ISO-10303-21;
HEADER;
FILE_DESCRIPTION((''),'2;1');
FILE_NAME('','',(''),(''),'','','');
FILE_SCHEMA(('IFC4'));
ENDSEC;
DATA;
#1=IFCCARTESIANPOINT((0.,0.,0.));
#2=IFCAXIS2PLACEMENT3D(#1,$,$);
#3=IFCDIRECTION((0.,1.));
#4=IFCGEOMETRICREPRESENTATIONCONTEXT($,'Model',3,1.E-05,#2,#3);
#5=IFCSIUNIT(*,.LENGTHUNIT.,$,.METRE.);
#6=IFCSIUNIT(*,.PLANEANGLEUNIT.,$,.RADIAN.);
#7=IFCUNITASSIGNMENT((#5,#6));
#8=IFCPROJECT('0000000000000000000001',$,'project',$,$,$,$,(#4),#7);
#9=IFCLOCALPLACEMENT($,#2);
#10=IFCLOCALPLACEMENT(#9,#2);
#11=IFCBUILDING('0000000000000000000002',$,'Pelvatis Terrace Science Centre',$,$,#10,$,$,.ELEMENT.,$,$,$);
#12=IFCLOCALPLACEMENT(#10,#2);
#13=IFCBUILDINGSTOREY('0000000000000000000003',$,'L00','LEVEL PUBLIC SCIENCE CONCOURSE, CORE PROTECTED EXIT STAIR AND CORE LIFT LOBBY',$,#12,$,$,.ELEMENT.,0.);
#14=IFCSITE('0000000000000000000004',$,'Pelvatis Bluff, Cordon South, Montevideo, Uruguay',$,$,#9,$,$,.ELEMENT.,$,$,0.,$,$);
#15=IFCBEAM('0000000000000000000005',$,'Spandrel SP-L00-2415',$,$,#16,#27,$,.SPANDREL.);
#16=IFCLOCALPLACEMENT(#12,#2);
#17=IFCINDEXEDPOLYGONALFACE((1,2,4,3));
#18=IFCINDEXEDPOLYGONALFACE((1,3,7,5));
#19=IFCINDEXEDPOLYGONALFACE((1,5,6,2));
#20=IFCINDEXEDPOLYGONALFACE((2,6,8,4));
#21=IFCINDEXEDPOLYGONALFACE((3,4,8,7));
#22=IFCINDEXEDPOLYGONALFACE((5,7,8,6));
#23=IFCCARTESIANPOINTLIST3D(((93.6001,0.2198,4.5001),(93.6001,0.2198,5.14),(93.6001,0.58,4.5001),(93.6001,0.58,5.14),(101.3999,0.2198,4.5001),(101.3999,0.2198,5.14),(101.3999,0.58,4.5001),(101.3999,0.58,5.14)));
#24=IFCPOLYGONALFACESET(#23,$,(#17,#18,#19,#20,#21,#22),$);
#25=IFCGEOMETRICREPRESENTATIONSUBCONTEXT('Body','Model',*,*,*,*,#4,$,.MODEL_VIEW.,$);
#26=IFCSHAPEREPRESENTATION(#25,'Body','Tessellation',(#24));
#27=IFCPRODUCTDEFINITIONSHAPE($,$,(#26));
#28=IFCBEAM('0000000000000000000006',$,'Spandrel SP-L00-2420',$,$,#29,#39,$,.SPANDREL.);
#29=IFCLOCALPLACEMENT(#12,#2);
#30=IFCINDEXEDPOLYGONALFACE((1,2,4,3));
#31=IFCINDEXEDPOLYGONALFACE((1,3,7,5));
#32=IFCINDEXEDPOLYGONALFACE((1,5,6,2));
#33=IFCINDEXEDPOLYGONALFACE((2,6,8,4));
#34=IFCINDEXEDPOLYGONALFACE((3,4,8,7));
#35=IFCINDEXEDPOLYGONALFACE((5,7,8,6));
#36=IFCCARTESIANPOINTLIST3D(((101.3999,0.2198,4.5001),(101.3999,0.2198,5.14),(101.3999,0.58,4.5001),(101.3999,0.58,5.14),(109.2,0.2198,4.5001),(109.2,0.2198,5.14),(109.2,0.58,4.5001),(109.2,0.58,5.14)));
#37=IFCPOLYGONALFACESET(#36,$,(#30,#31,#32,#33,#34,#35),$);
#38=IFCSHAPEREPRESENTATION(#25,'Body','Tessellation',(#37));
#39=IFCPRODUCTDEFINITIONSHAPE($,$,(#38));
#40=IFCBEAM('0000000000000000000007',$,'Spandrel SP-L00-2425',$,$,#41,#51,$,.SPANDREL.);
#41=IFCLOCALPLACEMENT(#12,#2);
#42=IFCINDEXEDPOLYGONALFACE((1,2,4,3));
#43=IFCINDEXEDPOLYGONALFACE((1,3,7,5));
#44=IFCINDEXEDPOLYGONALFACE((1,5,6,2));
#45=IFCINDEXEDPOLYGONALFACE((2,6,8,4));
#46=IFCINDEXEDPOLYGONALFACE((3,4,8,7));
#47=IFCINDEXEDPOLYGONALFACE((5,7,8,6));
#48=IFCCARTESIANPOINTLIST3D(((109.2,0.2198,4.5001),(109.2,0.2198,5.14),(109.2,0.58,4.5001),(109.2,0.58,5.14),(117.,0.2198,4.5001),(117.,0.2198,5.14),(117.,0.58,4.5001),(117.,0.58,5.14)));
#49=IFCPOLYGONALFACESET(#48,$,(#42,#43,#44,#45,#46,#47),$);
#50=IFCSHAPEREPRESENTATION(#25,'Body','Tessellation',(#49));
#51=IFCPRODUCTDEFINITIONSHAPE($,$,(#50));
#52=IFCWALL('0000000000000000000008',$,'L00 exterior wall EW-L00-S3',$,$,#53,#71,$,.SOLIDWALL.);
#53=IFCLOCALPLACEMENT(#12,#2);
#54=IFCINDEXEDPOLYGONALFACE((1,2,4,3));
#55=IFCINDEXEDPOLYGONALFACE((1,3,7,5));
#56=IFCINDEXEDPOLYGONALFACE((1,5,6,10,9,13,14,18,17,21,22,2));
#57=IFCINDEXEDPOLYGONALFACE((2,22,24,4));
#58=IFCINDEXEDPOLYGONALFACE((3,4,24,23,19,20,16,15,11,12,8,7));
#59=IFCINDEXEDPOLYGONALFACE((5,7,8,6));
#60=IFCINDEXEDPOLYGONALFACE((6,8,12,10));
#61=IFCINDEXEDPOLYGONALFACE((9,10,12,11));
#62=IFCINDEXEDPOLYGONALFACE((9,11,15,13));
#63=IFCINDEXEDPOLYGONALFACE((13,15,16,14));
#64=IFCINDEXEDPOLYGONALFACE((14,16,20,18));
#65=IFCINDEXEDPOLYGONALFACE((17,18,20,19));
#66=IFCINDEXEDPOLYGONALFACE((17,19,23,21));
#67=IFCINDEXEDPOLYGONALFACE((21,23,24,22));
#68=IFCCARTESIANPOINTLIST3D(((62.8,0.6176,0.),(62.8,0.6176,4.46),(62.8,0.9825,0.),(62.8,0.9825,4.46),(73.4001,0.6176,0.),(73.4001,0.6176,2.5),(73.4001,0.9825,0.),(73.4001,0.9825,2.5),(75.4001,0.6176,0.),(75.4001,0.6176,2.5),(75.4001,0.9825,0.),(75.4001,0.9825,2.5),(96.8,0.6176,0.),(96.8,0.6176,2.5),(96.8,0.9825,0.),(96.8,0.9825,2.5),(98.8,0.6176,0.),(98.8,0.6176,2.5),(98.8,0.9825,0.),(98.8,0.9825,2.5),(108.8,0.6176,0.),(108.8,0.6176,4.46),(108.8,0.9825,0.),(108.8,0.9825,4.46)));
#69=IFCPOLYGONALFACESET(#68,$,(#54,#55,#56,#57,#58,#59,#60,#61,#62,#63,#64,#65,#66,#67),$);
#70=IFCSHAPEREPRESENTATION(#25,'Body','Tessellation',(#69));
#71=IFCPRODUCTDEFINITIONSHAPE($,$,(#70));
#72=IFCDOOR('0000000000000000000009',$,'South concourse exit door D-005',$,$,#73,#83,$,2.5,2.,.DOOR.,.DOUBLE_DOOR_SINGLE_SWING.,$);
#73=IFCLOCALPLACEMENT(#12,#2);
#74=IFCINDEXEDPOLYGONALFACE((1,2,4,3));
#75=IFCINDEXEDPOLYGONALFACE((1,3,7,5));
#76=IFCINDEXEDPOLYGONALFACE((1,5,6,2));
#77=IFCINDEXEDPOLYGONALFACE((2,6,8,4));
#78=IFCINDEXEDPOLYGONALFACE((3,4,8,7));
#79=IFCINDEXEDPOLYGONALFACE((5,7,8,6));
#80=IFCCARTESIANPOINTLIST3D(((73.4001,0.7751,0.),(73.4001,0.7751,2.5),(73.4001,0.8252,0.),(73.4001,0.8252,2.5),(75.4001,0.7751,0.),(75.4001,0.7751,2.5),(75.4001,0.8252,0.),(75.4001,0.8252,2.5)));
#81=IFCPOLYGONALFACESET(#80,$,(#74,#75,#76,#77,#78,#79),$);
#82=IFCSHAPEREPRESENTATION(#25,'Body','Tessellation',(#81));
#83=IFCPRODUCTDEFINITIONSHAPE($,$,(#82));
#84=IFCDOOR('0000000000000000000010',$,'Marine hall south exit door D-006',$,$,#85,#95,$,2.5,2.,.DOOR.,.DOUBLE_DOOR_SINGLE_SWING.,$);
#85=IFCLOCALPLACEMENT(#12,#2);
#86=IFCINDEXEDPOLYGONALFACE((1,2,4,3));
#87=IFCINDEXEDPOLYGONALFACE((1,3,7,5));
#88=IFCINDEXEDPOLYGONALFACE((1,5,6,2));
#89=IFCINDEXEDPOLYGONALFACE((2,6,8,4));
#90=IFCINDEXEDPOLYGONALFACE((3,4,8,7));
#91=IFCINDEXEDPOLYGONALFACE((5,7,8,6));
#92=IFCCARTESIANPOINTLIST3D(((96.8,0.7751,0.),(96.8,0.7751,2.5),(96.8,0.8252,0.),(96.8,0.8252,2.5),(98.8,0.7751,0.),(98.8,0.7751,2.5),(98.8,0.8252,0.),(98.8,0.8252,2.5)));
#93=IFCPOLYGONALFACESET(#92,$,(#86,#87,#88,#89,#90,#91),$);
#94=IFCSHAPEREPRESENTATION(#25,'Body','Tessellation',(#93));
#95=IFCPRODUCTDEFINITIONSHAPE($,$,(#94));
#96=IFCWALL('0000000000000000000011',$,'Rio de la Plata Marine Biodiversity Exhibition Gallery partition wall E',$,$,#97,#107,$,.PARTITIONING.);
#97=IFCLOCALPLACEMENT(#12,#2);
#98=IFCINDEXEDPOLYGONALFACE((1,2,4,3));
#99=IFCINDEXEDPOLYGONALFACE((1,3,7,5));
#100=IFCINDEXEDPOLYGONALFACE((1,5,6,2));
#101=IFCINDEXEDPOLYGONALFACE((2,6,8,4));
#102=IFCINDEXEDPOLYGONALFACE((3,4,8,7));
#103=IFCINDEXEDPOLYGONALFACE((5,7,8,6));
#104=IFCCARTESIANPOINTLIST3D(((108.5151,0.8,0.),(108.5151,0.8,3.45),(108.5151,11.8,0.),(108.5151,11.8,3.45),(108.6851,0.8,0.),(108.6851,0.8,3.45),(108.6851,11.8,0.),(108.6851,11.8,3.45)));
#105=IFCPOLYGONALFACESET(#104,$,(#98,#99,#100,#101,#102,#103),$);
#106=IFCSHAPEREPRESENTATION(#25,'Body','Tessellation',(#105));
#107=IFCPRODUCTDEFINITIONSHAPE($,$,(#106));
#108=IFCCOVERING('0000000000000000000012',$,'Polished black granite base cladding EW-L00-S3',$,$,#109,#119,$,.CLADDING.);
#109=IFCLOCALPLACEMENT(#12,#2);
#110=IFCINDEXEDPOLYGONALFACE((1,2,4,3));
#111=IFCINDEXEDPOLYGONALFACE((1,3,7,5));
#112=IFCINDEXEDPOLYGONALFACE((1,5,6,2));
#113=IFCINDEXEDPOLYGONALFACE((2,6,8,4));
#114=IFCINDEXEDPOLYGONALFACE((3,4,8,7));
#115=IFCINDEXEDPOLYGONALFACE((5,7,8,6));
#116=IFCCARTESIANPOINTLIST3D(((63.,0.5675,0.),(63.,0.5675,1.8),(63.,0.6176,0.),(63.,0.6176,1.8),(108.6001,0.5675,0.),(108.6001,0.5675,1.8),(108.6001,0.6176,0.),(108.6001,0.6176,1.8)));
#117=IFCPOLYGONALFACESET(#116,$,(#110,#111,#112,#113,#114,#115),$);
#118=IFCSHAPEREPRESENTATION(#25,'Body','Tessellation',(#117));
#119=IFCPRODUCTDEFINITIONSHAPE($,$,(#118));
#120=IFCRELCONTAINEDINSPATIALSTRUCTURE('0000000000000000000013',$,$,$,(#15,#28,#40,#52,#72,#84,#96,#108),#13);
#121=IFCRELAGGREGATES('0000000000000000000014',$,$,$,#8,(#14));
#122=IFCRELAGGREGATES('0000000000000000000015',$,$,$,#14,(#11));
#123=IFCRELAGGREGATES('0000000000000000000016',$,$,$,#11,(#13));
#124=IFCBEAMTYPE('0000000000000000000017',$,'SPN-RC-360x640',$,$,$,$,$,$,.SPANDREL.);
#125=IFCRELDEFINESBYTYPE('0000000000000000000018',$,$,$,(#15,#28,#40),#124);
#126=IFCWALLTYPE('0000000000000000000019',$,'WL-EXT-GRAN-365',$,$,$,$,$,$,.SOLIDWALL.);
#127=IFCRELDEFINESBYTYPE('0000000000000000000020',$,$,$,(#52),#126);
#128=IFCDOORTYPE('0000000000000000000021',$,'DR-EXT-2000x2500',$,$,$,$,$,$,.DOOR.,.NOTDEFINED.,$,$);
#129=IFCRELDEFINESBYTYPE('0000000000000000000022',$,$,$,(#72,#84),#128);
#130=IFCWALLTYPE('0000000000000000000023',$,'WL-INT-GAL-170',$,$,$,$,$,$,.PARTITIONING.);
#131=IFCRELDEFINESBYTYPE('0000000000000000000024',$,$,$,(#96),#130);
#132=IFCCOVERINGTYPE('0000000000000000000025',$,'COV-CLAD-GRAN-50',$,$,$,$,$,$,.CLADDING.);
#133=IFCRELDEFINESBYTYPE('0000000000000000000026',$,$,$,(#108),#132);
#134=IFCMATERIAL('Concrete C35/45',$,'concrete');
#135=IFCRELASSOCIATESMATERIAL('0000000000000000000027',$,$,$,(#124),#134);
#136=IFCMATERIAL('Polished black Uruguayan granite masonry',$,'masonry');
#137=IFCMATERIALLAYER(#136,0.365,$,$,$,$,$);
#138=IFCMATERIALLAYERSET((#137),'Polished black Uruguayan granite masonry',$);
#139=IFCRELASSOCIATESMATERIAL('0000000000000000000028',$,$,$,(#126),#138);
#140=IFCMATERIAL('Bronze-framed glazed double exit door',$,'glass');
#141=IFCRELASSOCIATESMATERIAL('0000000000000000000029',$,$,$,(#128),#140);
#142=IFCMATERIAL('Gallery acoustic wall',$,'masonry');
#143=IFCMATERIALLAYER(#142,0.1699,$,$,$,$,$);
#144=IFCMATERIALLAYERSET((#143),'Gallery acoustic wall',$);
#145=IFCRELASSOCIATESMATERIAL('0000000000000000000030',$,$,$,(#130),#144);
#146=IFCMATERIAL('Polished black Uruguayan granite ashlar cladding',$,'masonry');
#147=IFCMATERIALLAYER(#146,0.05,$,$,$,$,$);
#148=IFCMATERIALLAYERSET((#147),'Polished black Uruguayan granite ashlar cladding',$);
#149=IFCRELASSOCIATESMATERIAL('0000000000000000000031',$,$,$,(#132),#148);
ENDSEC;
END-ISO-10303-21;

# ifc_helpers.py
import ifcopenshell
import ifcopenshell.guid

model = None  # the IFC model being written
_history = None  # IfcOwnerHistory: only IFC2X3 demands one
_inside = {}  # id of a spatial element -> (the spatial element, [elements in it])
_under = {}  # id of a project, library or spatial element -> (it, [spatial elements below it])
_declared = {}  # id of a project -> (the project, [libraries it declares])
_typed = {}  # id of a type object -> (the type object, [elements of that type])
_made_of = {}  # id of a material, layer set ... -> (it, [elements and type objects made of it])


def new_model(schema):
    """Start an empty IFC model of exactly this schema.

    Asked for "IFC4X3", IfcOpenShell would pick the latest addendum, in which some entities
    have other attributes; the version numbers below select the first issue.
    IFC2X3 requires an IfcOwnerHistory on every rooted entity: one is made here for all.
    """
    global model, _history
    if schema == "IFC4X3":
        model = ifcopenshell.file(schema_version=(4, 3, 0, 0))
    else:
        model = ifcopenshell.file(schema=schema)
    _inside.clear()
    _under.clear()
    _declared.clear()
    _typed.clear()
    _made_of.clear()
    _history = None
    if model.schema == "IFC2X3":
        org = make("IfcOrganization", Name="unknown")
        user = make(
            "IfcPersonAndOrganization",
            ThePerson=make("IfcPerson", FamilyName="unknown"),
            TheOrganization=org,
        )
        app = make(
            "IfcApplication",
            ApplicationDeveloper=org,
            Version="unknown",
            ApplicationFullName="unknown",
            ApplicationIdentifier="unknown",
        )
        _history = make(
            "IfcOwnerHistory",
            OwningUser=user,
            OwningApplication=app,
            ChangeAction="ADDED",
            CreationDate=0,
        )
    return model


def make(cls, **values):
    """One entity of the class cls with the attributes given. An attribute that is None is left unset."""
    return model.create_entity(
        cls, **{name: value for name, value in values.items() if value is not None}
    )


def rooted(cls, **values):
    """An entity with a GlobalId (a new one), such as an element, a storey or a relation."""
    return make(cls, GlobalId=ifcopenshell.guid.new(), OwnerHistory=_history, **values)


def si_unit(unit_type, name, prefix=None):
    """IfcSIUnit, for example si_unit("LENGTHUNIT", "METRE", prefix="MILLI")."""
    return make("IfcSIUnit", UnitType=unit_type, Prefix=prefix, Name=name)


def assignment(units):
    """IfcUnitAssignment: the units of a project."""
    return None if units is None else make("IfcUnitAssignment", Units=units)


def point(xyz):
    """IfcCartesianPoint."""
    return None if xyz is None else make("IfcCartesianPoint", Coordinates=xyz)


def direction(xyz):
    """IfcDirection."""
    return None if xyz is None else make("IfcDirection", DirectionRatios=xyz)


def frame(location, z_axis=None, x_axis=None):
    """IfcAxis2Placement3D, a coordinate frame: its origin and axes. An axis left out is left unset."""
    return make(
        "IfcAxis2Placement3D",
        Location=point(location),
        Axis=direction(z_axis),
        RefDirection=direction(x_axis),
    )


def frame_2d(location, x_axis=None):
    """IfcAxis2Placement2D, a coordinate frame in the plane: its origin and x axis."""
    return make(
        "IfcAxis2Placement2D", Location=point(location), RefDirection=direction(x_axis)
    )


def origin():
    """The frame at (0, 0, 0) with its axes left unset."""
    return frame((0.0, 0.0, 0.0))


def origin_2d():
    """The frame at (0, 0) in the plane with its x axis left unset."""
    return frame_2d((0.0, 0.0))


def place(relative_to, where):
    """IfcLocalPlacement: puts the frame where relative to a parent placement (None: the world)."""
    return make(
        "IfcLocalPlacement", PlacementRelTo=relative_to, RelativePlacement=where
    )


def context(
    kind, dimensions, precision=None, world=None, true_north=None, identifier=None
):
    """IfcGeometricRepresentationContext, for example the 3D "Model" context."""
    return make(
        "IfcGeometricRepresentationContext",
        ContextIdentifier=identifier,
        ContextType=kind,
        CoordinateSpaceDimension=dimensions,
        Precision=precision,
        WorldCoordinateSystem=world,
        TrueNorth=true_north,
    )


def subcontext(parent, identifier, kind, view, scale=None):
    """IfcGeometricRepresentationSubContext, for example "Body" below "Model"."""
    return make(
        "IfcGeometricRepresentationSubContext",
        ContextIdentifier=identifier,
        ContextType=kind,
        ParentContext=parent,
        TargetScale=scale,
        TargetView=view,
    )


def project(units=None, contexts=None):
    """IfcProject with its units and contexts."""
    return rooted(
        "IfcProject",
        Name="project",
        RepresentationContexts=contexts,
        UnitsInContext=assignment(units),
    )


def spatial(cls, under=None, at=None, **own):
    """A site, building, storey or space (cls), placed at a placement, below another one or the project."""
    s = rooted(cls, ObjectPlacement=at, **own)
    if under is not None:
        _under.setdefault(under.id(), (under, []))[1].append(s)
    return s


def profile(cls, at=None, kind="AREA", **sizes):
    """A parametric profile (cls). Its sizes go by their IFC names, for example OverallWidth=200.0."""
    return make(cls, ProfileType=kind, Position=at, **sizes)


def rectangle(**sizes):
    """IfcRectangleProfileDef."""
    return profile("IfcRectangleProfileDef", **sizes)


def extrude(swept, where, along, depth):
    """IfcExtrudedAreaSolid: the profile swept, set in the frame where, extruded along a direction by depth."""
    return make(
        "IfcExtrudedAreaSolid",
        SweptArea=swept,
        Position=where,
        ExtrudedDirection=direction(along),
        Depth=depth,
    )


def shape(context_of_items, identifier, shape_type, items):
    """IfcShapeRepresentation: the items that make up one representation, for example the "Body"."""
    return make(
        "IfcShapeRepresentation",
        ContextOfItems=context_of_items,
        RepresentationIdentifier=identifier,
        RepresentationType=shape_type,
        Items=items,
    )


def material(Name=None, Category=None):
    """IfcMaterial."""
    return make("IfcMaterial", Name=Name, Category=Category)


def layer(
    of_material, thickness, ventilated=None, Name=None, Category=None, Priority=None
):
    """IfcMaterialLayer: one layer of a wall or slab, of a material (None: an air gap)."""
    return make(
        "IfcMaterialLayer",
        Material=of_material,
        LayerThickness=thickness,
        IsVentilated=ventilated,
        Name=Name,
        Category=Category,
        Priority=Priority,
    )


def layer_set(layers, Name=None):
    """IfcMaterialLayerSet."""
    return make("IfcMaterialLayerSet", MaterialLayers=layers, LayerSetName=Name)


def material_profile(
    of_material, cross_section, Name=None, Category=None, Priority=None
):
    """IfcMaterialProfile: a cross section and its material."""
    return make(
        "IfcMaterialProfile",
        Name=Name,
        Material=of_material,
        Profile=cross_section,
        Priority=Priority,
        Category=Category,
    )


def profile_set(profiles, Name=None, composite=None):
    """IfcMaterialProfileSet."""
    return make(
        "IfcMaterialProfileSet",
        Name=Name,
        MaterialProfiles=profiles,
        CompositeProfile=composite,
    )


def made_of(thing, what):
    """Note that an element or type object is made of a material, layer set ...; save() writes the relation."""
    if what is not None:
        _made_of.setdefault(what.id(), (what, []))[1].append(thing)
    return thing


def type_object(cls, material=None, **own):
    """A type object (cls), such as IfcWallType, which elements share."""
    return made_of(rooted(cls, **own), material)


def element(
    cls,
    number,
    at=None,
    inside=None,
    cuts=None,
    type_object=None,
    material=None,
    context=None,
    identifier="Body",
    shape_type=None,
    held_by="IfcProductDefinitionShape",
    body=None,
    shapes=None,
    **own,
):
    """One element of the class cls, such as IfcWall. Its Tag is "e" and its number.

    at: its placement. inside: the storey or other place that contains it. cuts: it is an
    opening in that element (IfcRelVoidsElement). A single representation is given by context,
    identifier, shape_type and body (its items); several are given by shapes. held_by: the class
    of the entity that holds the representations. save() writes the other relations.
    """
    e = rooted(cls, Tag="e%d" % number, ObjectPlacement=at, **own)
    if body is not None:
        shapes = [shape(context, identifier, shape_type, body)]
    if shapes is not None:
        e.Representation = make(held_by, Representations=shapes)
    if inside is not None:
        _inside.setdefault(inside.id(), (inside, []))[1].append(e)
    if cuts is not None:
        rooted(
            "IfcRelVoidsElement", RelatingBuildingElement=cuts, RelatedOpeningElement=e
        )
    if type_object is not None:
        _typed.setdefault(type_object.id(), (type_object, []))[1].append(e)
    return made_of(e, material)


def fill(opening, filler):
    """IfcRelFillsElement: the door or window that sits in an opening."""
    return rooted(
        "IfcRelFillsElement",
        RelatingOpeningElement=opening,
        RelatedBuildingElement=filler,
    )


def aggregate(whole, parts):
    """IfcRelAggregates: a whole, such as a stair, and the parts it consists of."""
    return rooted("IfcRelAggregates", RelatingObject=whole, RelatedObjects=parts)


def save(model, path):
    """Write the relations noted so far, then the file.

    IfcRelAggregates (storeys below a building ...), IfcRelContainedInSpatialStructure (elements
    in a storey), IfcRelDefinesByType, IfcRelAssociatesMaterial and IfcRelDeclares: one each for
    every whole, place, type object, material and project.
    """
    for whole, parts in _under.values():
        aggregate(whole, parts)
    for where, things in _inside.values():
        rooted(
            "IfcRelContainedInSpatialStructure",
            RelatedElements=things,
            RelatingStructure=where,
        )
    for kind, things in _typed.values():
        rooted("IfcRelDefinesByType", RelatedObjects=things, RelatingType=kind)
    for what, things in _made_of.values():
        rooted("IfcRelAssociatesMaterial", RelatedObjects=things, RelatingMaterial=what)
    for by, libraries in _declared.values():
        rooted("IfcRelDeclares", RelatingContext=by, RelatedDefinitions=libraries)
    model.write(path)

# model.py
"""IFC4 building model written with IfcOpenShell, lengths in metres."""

from ifc_helpers import new_model, si_unit, direction, frame, frame_2d, origin, origin_2d, place, context, subcontext, project, spatial, rectangle, extrude, material, layer, layer_set, material_profile, profile_set, type_object, element, fill, save


model = new_model("IFC4")

# Units and contexts
model_context = context("Model", 3, precision=1e-05, world=origin(), true_north=direction((0.0, 1.0)))
body_context = subcontext(model_context, "Body", "Model", "MODEL_VIEW")
ifc_project = project(units=[si_unit("LENGTHUNIT", "METRE"), si_unit("PLANEANGLEUNIT", "RADIAN")], contexts=[model_context])

# Site, building, storey
site_placement = place(None, origin())
site = spatial("IfcSite", under=ifc_project, at=site_placement, Name="Pelvatis Bluff, Cordon South, Montevideo, Uruguay", CompositionType="ELEMENT", RefElevation=0.0)
building_placement = place(site_placement, origin())
building = spatial("IfcBuilding", under=site, at=building_placement, Name="Pelvatis Terrace Science Centre", CompositionType="ELEMENT")
storey_placement = place(building_placement, origin())
storey = spatial("IfcBuildingStorey", under=building, at=storey_placement, Name="L00", Description="LEVEL PUBLIC SCIENCE CONCOURSE, CORE PROTECTED EXIT STAIR AND CORE LIFT LOBBY", CompositionType="ELEMENT", Elevation=0.0)

# Beams
ifc_material_1 = material(Name="Concrete C35/45", Category="concrete")
ifc_material_profile_1 = material_profile(ifc_material_1, rectangle(XDim=0.3601, YDim=0.6399, at=origin_2d()), Name="RC-SPN 360x640")
ifc_profile_set_1 = profile_set([ifc_material_profile_1], Name="Concrete C35/45")
beam_type_1 = type_object("IfcBeamType", Name="SPN-RC-360x640", PredefinedType="SPANDREL", material=ifc_profile_set_1)
beam_1_placement = place(storey_placement, frame((93.6001, 0.3999, 4.8201), z_axis=(1.0, 0.0, 0.0), x_axis=(0.0, 1.0, 0.0)))
element("IfcBeam", 1, at=beam_1_placement, inside=storey, type_object=beam_type_1, Name="Spandrel SP-L00-2415", PredefinedType="SPANDREL", context=body_context, shape_type="SweptSolid", body=[
    extrude(rectangle(XDim=0.3601, YDim=0.6399, at=origin_2d()), origin(), (0.0, 0.0, 1.0), 7.7998),
])
for number, where, z_axis, x_axis, name in (
    (2, (101.3999, 0.3999, 4.8201), (1.0, 0.0, 0.0), (0.0, 1.0, 0.0), "Spandrel SP-L00-2420"),
    (3, (109.2, 0.3999, 4.8201), (1.0, 0.0, 0.0), (0.0, 1.0, 0.0), "Spandrel SP-L00-2425"),
):
    element("IfcBeam", number, at=place(storey_placement, frame(where, z_axis=z_axis, x_axis=x_axis)), inside=storey, type_object=beam_type_1, Name=name, PredefinedType="SPANDREL", context=body_context, shape_type="SweptSolid", body=[
        extrude(rectangle(XDim=0.3601, YDim=0.6399, at=origin_2d()), origin(), (0.0, 0.0, 1.0), 7.8),
    ])

# Wall, openings, doors
ifc_material_2 = material(Name="Polished black Uruguayan granite masonry", Category="masonry")
ifc_layer_1 = layer(ifc_material_2, 0.365)
ifc_layer_set_1 = layer_set([ifc_layer_1], Name="Polished black Uruguayan granite masonry")
wall_type_1 = type_object("IfcWallType", Name="WL-EXT-GRAN-365", PredefinedType="SOLIDWALL", material=ifc_layer_set_1)
wall_1_placement = place(storey_placement, frame((108.8, 0.8, 0.0), z_axis=(0.0, 0.0, 1.0), x_axis=(-1.0, 0.0, 0.0)))
wall_1 = element("IfcWall", 4, at=wall_1_placement, inside=storey, type_object=wall_type_1, Name="L00 exterior wall EW-L00-S3", PredefinedType="SOLIDWALL", context=body_context, shape_type="SweptSolid", body=[
    extrude(rectangle(XDim=46.0, YDim=0.365, at=frame_2d((23.0, 0.0))), origin(), (0.0, 0.0, 1.0), 4.46),
])
opening_1_placement = place(wall_1_placement, frame((33.3999, 0.0, 0.0)))
opening_1 = element("IfcOpeningElement", 5, at=opening_1_placement, cuts=wall_1, PredefinedType="OPENING", context=body_context, shape_type="SweptSolid", body=[
    extrude(rectangle(XDim=2.0, YDim=2.5, at=frame_2d((1.0, 1.25))), frame((0.0, 0.1924, 0.0), z_axis=(0.0, -1.0, 0.0), x_axis=(1.0, 0.0, 0.0)), (0.0, 0.0, 1.0), 0.385),
])
opening_2_placement = place(wall_1_placement, frame((10.0, 0.0, 0.0)))
opening_2 = element("IfcOpeningElement", 6, at=opening_2_placement, cuts=wall_1, PredefinedType="OPENING", context=body_context, shape_type="SweptSolid", body=[
    extrude(rectangle(XDim=2.0, YDim=2.5, at=frame_2d((1.0, 1.25))), frame((0.0, 0.1924, 0.0), z_axis=(0.0, -1.0, 0.0), x_axis=(1.0, 0.0, 0.0)), (0.0, 0.0, 1.0), 0.385),
])
ifc_material_3 = material(Name="Bronze-framed glazed double exit door", Category="glass")
door_type = type_object("IfcDoorType", Name="DR-EXT-2000x2500", OperationType="NOTDEFINED", PredefinedType="DOOR", material=ifc_material_3)
door_1_placement = place(opening_1_placement, origin())
door_1 = element("IfcDoor", 7, at=door_1_placement, inside=storey, type_object=door_type, Name="South concourse exit door D-005", OperationType="DOUBLE_DOOR_SINGLE_SWING", OverallHeight=2.5, OverallWidth=2.0, PredefinedType="DOOR", context=body_context, shape_type="SweptSolid", body=[
    extrude(rectangle(XDim=2.0, YDim=2.5, at=frame_2d((1.0, 1.25))), frame((0.0, 0.0249, 0.0), z_axis=(0.0, -1.0, 0.0), x_axis=(1.0, 0.0, 0.0)), (0.0, 0.0, 1.0), 0.05),
])
fill(opening_1, door_1)
door_2_placement = place(opening_2_placement, origin())
door_2 = element("IfcDoor", 8, at=door_2_placement, inside=storey, type_object=door_type, Name="Marine hall south exit door D-006", OperationType="DOUBLE_DOOR_SINGLE_SWING", OverallHeight=2.5, OverallWidth=2.0, PredefinedType="DOOR", context=body_context, shape_type="SweptSolid", body=[
    extrude(rectangle(XDim=2.0, YDim=2.5, at=frame_2d((1.0, 1.25))), frame((0.0, 0.0249, 0.0), z_axis=(0.0, -1.0, 0.0), x_axis=(1.0, 0.0, 0.0)), (0.0, 0.0, 1.0), 0.05),
])
fill(opening_2, door_2)

# Wall
ifc_material_4 = material(Name="Gallery acoustic wall", Category="masonry")
ifc_layer_2 = layer(ifc_material_4, 0.1699)
ifc_layer_set_2 = layer_set([ifc_layer_2], Name="Gallery acoustic wall")
wall_type_2 = type_object("IfcWallType", Name="WL-INT-GAL-170", PredefinedType="PARTITIONING", material=ifc_layer_set_2)
wall_2_placement = place(storey_placement, frame((108.6001, 0.8, 0.0), z_axis=(0.0, 0.0, 1.0), x_axis=(0.0, 1.0, 0.0)))
element("IfcWall", 9, at=wall_2_placement, inside=storey, type_object=wall_type_2, Name="Rio de la Plata Marine Biodiversity Exhibition Gallery partition wall E", PredefinedType="PARTITIONING", context=body_context, shape_type="SweptSolid", body=[
    extrude(rectangle(XDim=11.0, YDim=0.1699, at=frame_2d((5.5, 0.0))), origin(), (0.0, 0.0, 1.0), 3.45),
])

# Covering
ifc_material_5 = material(Name="Polished black Uruguayan granite ashlar cladding", Category="masonry")
ifc_layer_3 = layer(ifc_material_5, 0.05)
ifc_layer_set_3 = layer_set([ifc_layer_3], Name="Polished black Uruguayan granite ashlar cladding")
covering_type = type_object("IfcCoveringType", Name="COV-CLAD-GRAN-50", PredefinedType="CLADDING", material=ifc_layer_set_3)
covering_placement = place(storey_placement, frame((85.8, 0.5925, 0.0), z_axis=(0.0, 0.0, 1.0), x_axis=(1.0, 0.0, 0.0)))
element("IfcCovering", 10, at=covering_placement, inside=storey, type_object=covering_type, Name="Polished black granite base cladding EW-L00-S3", PredefinedType="CLADDING", context=body_context, shape_type="SweptSolid", body=[
    extrude(rectangle(XDim=45.6001, YDim=0.05, at=origin_2d()), origin(), (0.0, 0.0, 1.0), 1.8),
])

save(model, "model.ifc")
